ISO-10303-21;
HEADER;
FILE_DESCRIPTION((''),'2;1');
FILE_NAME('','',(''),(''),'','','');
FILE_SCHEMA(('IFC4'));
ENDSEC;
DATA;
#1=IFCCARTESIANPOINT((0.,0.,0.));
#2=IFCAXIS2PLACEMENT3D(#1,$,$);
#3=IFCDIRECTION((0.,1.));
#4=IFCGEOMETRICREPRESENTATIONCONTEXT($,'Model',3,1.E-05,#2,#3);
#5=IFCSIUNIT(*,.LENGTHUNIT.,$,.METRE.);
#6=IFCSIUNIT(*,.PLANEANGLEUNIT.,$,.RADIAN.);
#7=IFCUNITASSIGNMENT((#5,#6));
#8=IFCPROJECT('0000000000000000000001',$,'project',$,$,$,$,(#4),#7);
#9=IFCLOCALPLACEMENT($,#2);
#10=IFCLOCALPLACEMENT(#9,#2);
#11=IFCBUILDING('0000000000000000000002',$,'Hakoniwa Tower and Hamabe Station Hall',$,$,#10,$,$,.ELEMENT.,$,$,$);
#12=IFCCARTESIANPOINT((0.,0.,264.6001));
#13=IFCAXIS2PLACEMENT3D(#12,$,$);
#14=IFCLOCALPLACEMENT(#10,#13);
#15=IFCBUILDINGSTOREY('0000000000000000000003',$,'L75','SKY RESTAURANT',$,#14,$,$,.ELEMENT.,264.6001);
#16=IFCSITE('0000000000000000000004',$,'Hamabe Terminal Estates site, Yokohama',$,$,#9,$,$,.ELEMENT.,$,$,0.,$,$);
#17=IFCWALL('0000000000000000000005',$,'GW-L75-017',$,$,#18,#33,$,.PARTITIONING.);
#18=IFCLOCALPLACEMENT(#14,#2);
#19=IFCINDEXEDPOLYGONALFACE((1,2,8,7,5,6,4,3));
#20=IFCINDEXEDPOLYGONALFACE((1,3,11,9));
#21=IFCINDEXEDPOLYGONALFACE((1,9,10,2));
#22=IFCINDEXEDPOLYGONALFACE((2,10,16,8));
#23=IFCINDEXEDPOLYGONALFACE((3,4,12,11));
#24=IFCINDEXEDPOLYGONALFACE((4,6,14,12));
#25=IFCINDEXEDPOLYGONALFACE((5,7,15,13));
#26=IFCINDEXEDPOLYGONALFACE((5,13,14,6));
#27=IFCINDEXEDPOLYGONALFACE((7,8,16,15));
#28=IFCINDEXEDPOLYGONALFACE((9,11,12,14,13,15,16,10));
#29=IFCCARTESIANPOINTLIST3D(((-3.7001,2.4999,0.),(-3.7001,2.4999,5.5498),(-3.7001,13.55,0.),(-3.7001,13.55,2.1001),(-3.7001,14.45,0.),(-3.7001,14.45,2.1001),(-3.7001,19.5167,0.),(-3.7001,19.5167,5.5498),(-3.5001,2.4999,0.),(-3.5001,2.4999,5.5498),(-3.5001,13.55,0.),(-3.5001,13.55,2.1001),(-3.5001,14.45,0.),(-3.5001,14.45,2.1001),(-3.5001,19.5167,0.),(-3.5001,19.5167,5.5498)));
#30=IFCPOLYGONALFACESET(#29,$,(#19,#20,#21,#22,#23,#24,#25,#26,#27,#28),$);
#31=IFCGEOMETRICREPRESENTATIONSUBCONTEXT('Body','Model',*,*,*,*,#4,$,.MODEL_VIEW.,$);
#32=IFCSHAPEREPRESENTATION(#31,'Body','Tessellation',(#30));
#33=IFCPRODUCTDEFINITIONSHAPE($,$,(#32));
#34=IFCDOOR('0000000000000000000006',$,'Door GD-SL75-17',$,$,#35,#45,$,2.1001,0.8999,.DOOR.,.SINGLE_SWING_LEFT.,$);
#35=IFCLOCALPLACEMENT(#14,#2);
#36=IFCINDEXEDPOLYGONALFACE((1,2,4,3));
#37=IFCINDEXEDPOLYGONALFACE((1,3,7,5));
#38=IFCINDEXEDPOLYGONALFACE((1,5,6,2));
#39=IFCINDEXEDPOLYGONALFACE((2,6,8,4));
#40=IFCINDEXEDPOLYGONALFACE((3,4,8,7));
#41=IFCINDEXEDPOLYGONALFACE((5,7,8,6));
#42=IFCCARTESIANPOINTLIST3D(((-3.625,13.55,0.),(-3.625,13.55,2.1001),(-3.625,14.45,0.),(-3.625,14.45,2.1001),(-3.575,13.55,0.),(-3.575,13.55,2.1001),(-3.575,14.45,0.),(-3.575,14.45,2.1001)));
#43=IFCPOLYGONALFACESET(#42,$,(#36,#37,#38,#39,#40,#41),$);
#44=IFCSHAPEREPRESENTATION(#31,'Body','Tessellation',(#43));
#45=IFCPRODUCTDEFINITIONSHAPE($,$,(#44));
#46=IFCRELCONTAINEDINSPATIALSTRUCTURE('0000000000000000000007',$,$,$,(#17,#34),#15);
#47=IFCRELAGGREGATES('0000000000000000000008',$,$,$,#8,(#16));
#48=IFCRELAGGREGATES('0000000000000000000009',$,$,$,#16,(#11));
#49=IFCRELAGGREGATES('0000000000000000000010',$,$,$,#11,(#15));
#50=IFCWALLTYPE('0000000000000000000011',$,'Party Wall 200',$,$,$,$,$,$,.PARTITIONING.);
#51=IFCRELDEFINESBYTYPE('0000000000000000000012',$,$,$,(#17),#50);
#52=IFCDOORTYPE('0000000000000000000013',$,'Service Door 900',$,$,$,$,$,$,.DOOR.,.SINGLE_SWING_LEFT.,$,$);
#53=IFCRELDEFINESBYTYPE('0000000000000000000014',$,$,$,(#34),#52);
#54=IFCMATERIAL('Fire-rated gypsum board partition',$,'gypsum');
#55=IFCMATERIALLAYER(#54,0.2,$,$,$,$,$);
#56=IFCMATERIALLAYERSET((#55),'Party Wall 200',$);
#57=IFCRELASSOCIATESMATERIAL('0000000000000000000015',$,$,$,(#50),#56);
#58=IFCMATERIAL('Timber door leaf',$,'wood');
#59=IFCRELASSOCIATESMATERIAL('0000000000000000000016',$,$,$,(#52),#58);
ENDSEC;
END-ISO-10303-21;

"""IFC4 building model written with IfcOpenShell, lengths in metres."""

from ifc_helpers import new_model, si_unit, direction, frame, frame_2d, origin, place, context, subcontext, project, spatial, rectangle, extrude, material, layer, layer_set, type_object, element, fill, save


model = new_model("IFC4")

# Units and contexts
model_context = context("Model", 3, precision=1e-05, world=origin(), true_north=direction((0.0, 1.0)))
body_context = subcontext(model_context, "Body", "Model", "MODEL_VIEW")
ifc_project = project(units=[si_unit("LENGTHUNIT", "METRE"), si_unit("PLANEANGLEUNIT", "RADIAN")], contexts=[model_context])

# Site, building, storey
site_placement = place(None, origin())
site = spatial("IfcSite", under=ifc_project, at=site_placement, Name="Hamabe Terminal Estates site, Yokohama", CompositionType="ELEMENT", RefElevation=0.0)
building_placement = place(site_placement, origin())
building = spatial("IfcBuilding", under=site, at=building_placement, Name="Hakoniwa Tower and Hamabe Station Hall", CompositionType="ELEMENT")
storey_placement = place(building_placement, frame((0.0, 0.0, 264.6001)))
storey = spatial("IfcBuildingStorey", under=building, at=storey_placement, Name="L75", Description="SKY RESTAURANT", CompositionType="ELEMENT", Elevation=264.6001)

# Wall, opening, door
ifc_material_1 = material(Name="Fire-rated gypsum board partition", Category="gypsum")
ifc_layer_1 = layer(ifc_material_1, 0.2)
ifc_layer_set_1 = layer_set([ifc_layer_1], Name="Party Wall 200")
wall_type = type_object("IfcWallType", Name="Party Wall 200", PredefinedType="PARTITIONING", material=ifc_layer_set_1)
wall_placement = place(storey_placement, frame((-3.6001, 2.5, 0.0), z_axis=(0.0, 0.0, 1.0), x_axis=(0.0, 1.0, 0.0)))
wall = element("IfcWall", 1, at=wall_placement, inside=storey, type_object=wall_type, Name="GW-L75-017", PredefinedType="PARTITIONING", context=body_context, shape_type="SweptSolid", body=[
    extrude(rectangle(XDim=17.0168, YDim=0.2, at=frame_2d((8.5083, 0.0))), origin(), (0.0, 0.0, 1.0), 5.5498),
])
opening_placement = place(wall_placement, frame((11.05, 0.0, 0.0)))
opening = element("IfcOpeningElement", 2, at=opening_placement, cuts=wall, PredefinedType="OPENING", context=body_context, shape_type="SweptSolid", body=[
    extrude(rectangle(XDim=0.8999, YDim=2.1001, at=frame_2d((0.45, 1.05))), frame((0.0, 0.1099, 0.0), z_axis=(0.0, -1.0, 0.0), x_axis=(1.0, 0.0, 0.0)), (0.0, 0.0, 1.0), 0.22),
])
ifc_material_2 = material(Name="Timber door leaf", Category="wood")
door_type = type_object("IfcDoorType", Name="Service Door 900", OperationType="SINGLE_SWING_LEFT", PredefinedType="DOOR", material=ifc_material_2)
door_placement = place(opening_placement, origin())
door = element("IfcDoor", 3, at=door_placement, inside=storey, type_object=door_type, Name="Door GD-SL75-17", OperationType="SINGLE_SWING_LEFT", OverallHeight=2.1001, OverallWidth=0.8999, PredefinedType="DOOR", context=body_context, shape_type="SweptSolid", body=[
    extrude(rectangle(XDim=0.8999, YDim=2.1001, at=frame_2d((0.45, 1.05))), frame((0.0, 0.0249, 0.0), z_axis=(0.0, -1.0, 0.0), x_axis=(1.0, 0.0, 0.0)), (0.0, 0.0, 1.0), 0.05),
])
fill(opening, door)

save(model, "model.ifc")
